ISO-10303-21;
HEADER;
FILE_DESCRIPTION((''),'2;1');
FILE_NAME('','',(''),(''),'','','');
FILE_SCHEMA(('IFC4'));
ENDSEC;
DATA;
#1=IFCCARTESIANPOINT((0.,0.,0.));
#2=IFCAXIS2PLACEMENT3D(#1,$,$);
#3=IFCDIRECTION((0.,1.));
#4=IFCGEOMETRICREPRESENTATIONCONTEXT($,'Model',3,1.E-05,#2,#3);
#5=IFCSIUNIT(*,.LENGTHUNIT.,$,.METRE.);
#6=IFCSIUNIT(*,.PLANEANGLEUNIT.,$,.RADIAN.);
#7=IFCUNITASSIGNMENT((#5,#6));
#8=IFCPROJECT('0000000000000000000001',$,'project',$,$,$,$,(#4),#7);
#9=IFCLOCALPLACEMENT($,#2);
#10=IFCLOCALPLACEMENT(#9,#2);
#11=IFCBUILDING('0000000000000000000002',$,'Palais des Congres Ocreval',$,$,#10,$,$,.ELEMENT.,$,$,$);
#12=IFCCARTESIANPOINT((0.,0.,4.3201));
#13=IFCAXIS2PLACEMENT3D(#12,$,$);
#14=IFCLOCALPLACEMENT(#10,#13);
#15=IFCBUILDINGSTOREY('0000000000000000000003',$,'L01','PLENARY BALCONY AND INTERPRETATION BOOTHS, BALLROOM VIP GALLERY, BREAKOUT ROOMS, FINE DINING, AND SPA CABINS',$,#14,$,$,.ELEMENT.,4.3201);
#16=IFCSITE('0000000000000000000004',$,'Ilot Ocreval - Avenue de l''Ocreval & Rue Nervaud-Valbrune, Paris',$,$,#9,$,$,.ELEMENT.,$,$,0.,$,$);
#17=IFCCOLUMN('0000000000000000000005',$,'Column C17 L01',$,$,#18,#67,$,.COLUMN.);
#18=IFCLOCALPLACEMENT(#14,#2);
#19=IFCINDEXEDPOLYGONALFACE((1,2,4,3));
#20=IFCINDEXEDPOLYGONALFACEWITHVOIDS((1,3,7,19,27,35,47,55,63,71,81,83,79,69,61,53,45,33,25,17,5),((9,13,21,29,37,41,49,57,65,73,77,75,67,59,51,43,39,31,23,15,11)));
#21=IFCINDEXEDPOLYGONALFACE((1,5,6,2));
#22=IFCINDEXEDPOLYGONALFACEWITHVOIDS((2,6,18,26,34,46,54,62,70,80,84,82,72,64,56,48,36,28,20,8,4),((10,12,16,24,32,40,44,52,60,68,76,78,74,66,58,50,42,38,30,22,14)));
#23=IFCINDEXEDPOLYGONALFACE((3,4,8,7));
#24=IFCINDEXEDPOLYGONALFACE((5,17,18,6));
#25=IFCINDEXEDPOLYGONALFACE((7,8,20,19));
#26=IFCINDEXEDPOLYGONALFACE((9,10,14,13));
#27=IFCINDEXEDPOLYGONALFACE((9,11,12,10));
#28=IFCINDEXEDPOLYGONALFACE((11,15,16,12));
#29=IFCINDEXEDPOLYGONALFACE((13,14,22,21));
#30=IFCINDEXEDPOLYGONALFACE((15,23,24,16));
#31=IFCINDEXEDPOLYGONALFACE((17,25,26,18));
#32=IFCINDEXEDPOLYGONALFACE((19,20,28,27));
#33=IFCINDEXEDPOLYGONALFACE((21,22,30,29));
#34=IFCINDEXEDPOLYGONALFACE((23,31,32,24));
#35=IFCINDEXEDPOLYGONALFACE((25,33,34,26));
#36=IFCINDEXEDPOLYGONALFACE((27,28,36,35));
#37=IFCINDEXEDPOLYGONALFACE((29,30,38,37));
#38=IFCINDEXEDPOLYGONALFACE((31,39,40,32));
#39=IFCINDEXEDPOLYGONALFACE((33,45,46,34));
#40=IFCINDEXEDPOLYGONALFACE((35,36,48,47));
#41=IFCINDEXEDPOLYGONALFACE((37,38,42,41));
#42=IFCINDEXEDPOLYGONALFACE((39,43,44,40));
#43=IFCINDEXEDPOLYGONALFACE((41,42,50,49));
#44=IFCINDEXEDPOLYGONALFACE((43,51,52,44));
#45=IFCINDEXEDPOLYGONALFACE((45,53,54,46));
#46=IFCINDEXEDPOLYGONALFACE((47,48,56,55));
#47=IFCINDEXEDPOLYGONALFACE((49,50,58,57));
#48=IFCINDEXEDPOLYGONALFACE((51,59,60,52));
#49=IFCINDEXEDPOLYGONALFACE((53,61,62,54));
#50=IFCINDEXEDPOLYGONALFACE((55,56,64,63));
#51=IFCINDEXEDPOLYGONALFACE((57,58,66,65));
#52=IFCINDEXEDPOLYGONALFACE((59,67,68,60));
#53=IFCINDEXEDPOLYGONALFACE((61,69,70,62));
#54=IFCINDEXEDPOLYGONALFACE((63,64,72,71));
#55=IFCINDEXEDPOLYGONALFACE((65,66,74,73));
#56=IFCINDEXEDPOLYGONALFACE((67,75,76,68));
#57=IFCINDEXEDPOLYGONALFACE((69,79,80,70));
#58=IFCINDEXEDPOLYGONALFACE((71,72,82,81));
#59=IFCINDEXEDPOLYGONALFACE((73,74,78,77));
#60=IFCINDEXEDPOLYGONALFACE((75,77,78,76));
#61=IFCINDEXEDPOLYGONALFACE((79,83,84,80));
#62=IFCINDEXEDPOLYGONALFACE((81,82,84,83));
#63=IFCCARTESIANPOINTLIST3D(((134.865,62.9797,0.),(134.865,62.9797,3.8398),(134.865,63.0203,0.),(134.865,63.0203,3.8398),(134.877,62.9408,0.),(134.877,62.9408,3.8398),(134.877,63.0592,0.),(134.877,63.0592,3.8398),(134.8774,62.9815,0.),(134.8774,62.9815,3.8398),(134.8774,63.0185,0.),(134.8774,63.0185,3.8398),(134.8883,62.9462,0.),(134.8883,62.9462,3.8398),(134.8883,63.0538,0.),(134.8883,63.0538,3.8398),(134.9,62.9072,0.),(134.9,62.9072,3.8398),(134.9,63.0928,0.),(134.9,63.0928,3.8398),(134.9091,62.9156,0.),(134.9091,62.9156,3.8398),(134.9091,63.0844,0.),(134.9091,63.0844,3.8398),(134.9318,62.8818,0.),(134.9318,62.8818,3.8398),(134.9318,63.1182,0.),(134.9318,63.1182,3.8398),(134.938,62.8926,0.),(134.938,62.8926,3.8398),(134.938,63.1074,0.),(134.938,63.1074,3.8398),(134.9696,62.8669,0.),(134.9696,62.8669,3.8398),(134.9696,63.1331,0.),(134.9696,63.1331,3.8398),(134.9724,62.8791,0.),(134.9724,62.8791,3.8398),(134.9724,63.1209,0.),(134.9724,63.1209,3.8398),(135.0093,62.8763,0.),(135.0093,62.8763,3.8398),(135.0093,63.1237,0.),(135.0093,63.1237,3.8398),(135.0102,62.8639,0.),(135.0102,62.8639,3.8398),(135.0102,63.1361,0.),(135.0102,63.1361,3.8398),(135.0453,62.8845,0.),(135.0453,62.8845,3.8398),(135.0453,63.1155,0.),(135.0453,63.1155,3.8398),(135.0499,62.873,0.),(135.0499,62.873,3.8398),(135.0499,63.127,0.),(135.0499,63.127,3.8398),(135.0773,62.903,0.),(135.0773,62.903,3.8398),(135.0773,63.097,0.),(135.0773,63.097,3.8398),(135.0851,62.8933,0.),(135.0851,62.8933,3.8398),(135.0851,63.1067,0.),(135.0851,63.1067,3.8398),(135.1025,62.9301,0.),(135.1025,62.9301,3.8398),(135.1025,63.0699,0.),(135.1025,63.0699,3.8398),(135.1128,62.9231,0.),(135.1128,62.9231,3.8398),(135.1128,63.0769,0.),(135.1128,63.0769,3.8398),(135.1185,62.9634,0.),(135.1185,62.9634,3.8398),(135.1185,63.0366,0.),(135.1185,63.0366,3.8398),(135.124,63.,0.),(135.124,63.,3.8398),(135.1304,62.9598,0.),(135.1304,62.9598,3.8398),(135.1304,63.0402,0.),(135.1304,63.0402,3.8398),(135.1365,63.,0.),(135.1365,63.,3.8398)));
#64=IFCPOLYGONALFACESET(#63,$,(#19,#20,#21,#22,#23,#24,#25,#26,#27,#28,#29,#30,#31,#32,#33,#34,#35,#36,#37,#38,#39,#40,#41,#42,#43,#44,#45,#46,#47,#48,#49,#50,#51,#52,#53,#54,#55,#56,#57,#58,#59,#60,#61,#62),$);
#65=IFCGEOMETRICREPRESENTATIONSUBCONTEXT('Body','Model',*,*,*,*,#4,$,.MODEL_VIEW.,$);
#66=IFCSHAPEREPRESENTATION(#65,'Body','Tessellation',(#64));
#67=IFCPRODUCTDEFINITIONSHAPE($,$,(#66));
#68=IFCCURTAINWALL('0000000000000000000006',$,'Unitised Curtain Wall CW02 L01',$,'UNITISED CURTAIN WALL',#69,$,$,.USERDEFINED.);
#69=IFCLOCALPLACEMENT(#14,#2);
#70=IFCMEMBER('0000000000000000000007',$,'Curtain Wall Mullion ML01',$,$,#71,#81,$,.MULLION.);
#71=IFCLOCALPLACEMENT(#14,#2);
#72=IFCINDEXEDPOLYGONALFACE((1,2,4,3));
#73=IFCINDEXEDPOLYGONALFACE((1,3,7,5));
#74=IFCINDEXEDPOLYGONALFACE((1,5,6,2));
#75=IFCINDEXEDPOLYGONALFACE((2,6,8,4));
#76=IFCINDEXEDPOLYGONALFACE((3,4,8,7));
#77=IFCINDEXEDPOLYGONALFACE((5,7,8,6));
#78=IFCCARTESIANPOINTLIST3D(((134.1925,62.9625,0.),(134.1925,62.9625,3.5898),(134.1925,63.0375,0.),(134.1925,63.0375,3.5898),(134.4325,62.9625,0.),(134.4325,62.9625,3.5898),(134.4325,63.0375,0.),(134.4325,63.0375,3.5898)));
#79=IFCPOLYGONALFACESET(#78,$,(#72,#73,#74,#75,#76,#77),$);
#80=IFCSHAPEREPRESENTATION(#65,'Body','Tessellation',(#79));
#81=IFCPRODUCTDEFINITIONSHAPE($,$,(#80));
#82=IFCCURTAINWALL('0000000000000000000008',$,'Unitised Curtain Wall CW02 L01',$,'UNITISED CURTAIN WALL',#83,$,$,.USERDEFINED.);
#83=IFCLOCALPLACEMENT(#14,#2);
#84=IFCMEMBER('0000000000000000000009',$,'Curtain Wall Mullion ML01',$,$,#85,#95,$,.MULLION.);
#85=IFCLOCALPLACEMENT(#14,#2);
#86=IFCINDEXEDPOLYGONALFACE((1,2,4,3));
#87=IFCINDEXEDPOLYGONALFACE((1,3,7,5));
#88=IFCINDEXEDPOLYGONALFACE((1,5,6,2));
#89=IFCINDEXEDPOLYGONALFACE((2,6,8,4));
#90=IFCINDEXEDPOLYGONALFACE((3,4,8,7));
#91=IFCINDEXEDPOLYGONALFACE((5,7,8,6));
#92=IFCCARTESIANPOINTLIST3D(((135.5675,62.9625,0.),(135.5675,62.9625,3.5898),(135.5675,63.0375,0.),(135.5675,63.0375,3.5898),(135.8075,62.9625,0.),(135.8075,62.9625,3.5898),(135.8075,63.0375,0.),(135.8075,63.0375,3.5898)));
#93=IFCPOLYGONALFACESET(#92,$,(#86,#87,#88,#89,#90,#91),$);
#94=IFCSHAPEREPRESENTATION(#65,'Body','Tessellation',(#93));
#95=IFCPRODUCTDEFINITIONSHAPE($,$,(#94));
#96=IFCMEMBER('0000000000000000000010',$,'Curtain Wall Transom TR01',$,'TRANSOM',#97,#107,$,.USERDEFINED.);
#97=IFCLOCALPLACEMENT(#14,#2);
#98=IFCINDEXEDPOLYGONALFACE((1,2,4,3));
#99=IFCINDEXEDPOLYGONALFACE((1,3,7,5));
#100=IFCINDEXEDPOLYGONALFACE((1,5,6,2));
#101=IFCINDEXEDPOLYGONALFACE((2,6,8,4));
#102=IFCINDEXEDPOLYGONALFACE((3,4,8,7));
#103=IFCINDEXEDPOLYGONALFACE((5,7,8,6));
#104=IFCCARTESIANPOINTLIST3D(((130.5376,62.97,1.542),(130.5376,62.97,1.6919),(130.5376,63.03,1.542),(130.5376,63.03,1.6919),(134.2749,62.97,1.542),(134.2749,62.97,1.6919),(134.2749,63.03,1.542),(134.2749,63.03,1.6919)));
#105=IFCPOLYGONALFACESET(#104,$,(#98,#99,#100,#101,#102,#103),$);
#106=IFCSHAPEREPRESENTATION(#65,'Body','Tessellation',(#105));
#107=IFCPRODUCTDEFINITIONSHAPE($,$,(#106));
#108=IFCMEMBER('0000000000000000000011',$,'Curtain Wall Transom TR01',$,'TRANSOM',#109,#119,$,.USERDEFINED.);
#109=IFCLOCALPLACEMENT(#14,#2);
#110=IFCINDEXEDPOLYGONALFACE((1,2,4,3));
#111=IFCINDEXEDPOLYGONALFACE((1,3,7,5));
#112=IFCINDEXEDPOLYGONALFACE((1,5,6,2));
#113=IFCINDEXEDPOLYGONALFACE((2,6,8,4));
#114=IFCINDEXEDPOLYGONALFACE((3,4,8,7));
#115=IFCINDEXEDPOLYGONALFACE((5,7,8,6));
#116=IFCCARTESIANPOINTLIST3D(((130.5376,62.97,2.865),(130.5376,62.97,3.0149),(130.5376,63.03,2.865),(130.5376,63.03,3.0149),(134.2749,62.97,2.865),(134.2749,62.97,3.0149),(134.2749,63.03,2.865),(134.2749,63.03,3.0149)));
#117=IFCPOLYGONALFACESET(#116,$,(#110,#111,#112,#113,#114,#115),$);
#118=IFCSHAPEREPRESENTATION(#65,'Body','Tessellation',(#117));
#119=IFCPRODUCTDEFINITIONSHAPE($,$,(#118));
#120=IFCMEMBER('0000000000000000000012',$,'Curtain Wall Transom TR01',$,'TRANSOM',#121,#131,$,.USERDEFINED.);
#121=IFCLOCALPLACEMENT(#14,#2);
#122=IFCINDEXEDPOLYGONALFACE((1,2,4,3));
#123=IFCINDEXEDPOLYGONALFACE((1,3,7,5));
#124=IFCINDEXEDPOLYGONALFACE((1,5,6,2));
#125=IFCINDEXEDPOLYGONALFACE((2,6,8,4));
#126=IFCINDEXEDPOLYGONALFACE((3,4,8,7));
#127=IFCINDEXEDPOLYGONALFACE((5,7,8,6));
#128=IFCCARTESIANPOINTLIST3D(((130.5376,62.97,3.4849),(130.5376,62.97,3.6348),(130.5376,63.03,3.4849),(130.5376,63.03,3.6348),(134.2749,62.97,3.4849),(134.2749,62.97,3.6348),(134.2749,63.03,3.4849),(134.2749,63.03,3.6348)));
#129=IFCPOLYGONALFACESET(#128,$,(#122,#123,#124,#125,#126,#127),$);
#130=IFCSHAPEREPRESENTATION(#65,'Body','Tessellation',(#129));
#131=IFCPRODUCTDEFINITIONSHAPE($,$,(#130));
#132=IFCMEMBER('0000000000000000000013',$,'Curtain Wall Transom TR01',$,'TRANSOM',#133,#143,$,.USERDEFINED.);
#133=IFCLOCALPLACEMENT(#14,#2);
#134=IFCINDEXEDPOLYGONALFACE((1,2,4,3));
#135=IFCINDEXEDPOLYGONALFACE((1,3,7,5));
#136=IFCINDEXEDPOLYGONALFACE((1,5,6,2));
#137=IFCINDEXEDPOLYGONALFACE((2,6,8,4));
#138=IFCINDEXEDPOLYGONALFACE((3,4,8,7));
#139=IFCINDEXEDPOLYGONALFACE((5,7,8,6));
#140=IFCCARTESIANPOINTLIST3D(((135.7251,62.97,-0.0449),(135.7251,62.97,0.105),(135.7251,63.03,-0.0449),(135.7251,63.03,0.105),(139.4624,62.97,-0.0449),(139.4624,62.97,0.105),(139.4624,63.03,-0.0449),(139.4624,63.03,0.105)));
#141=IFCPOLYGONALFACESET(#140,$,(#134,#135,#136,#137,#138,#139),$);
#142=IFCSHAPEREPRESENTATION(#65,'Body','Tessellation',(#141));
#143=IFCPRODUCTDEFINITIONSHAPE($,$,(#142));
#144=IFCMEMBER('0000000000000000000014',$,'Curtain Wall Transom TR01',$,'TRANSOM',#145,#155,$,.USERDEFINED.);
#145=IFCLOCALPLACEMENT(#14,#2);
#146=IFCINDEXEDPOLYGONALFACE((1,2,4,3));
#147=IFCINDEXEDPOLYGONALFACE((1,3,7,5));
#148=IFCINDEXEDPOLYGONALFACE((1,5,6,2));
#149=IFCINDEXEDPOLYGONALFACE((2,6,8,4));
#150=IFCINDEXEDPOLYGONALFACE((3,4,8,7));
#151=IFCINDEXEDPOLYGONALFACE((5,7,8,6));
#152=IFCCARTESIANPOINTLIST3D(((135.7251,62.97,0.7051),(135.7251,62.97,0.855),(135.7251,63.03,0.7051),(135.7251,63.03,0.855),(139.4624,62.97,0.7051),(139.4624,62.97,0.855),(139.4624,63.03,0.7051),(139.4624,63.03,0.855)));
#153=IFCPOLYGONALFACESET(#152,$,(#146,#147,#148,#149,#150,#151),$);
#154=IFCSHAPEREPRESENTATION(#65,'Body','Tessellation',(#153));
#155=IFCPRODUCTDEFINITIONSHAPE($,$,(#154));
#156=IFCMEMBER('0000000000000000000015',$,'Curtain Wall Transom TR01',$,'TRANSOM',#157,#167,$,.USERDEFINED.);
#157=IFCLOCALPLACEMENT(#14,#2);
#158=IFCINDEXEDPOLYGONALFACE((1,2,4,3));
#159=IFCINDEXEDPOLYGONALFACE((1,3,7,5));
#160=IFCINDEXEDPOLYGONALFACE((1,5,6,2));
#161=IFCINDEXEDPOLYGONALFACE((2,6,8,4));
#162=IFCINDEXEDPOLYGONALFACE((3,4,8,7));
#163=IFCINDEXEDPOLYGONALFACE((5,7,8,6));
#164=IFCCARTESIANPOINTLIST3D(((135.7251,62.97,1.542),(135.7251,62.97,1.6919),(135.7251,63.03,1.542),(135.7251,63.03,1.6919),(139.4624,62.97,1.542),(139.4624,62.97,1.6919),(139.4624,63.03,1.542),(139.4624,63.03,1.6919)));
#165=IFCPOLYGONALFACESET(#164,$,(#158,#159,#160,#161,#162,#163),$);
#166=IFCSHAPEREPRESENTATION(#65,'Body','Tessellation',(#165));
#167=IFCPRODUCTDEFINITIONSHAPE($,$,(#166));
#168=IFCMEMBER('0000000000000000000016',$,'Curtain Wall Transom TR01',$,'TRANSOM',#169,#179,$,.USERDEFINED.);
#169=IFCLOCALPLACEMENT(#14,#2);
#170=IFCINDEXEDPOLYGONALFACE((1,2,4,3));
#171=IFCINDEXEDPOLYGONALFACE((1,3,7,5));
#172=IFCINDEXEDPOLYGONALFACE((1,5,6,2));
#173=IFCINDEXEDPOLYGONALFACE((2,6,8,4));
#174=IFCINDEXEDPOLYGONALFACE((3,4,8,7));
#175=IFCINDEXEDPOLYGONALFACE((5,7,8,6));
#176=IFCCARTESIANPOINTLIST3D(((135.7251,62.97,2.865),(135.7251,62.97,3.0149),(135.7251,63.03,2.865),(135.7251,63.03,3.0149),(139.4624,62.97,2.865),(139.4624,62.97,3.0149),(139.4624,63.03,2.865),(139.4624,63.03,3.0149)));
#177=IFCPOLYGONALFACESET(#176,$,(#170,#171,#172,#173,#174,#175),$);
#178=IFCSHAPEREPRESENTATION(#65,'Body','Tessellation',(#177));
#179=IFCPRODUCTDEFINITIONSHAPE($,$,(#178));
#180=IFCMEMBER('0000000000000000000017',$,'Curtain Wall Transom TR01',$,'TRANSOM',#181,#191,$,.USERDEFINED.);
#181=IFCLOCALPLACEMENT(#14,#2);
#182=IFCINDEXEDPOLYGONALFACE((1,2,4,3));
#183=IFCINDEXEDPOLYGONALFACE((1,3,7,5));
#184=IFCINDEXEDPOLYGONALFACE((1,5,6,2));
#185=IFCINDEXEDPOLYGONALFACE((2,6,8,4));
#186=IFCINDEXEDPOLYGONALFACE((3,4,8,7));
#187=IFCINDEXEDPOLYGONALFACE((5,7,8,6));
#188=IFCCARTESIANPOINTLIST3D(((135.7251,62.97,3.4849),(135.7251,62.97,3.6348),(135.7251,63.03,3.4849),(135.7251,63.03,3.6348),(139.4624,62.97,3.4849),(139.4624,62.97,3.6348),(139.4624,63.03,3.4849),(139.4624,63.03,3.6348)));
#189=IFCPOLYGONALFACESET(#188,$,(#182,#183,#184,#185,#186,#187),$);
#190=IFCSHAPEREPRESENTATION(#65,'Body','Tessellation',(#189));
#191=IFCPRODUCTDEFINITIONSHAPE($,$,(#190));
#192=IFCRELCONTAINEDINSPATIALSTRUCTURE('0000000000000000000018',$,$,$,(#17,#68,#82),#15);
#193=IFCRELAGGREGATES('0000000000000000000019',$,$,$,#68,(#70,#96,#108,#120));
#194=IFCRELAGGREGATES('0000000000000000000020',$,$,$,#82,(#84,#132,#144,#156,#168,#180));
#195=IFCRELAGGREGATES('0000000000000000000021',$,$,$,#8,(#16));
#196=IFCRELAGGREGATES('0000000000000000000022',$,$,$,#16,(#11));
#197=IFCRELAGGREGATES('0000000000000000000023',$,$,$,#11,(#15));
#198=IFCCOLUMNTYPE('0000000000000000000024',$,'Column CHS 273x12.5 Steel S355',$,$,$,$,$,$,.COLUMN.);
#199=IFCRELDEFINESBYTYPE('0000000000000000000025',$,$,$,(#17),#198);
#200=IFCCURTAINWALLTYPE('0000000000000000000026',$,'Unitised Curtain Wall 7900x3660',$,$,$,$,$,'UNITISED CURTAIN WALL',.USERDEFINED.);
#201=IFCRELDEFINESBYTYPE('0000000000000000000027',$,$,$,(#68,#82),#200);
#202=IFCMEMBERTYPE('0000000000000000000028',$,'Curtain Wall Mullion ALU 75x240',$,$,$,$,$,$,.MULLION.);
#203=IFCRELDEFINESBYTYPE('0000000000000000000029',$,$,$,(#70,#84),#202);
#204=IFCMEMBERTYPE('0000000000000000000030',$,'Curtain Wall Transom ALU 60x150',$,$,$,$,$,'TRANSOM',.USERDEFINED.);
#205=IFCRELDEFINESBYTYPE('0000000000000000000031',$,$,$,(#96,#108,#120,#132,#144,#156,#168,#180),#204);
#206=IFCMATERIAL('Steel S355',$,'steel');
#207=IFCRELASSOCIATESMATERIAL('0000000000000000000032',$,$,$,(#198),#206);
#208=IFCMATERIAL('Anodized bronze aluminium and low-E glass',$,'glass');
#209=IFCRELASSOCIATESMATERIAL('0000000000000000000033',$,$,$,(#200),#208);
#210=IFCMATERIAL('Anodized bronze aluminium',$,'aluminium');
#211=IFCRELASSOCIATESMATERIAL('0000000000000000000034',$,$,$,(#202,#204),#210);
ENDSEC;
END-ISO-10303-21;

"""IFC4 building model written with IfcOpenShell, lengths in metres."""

from ifc_helpers import new_model, si_unit, direction, frame, origin, origin_2d, place, context, subcontext, project, spatial, rectangle, hollow_circle, extrude, material, material_profile, profile_set, type_object, element, aggregate, save


model = new_model("IFC4")

# Units and contexts
model_context = context("Model", 3, precision=1e-05, world=origin(), true_north=direction((0.0, 1.0)))
body_context = subcontext(model_context, "Body", "Model", "MODEL_VIEW")
ifc_project = project(units=[si_unit("LENGTHUNIT", "METRE"), si_unit("PLANEANGLEUNIT", "RADIAN")], contexts=[model_context])

# Site, building, storey
site_placement = place(None, origin())
site = spatial("IfcSite", under=ifc_project, at=site_placement, Name="Ilot Ocreval - Avenue de l'Ocreval & Rue Nervaud-Valbrune, Paris", CompositionType="ELEMENT", RefElevation=0.0)
building_placement = place(site_placement, origin())
building = spatial("IfcBuilding", under=site, at=building_placement, Name="Palais des Congres Ocreval", CompositionType="ELEMENT")
storey_placement = place(building_placement, frame((0.0, 0.0, 4.3201)))
storey = spatial("IfcBuildingStorey", under=building, at=storey_placement, Name="L01", Description="PLENARY BALCONY AND INTERPRETATION BOOTHS, BALLROOM VIP GALLERY, BREAKOUT ROOMS, FINE DINING, AND SPA CABINS", CompositionType="ELEMENT", Elevation=4.3201)

# Column
ifc_material_1 = material(Name="Steel S355", Category="steel")
ifc_material_profile_1 = material_profile(ifc_material_1, hollow_circle(Radius=0.1365, WallThickness=0.0125, at=origin_2d()), Name="CHS 273x12.5")
ifc_profile_set_1 = profile_set([ifc_material_profile_1], Name="Steel S355")
column_type = type_object("IfcColumnType", Name="Column CHS 273x12.5 Steel S355", PredefinedType="COLUMN", material=ifc_profile_set_1)
column_placement = place(storey_placement, frame((135.0, 63.0, 0.0), z_axis=(0.0, 0.0, 1.0), x_axis=(1.0, 0.0, 0.0)))
element("IfcColumn", 1, at=column_placement, inside=storey, type_object=column_type, Name="Column C17 L01", PredefinedType="COLUMN", context=body_context, shape_type="SweptSolid", body=[
    extrude(hollow_circle(Radius=0.1365, WallThickness=0.0125, at=origin_2d()), origin(), (0.0, 0.0, 1.0), 3.8398),
])

# Curtain walls, members
ifc_material_2 = material(Name="Anodized bronze aluminium and low-E glass", Category="glass")
curtain_wall_type = type_object("IfcCurtainWallType", Name="Unitised Curtain Wall 7900x3660", ElementType="UNITISED CURTAIN WALL", PredefinedType="USERDEFINED", material=ifc_material_2)
curtain_wall_1_placement = place(storey_placement, origin())
curtain_wall_1 = element("IfcCurtainWall", 2, at=curtain_wall_1_placement, inside=storey, type_object=curtain_wall_type, Name="Unitised Curtain Wall CW02 L01", ObjectType="UNITISED CURTAIN WALL", PredefinedType="USERDEFINED")
ifc_material_3 = material(Name="Anodized bronze aluminium", Category="aluminium")
ifc_material_profile_2 = material_profile(ifc_material_3, rectangle(XDim=0.075, YDim=0.24, at=origin_2d()), Name="ALU 75x240")
ifc_profile_set_2 = profile_set([ifc_material_profile_2], Name="Anodized bronze aluminium")
member_type_1 = type_object("IfcMemberType", Name="Curtain Wall Mullion ALU 75x240", PredefinedType="MULLION", material=ifc_profile_set_2)
member_1_placement = place(storey_placement, frame((134.3125, 63.0, 0.0), z_axis=(0.0, 0.0, 1.0), x_axis=(0.0, 1.0, 0.0)))
member_1 = element("IfcMember", 3, at=member_1_placement, type_object=member_type_1, Name="Curtain Wall Mullion ML01", PredefinedType="MULLION", context=body_context, shape_type="SweptSolid", body=[
    extrude(rectangle(XDim=0.075, YDim=0.24, at=origin_2d()), origin(), (0.0, 0.0, 1.0), 3.5898),
])
curtain_wall_2_placement = place(storey_placement, origin())
curtain_wall_2 = element("IfcCurtainWall", 4, at=curtain_wall_2_placement, inside=storey, type_object=curtain_wall_type, Name="Unitised Curtain Wall CW02 L01", ObjectType="UNITISED CURTAIN WALL", PredefinedType="USERDEFINED")
member_2_placement = place(storey_placement, frame((135.6875, 63.0, 0.0), z_axis=(0.0, 0.0, 1.0), x_axis=(0.0, 1.0, 0.0)))
member_2 = element("IfcMember", 5, at=member_2_placement, type_object=member_type_1, Name="Curtain Wall Mullion ML01", PredefinedType="MULLION", context=body_context, shape_type="SweptSolid", body=[
    extrude(rectangle(XDim=0.075, YDim=0.24, at=origin_2d()), origin(), (0.0, 0.0, 1.0), 3.5898),
])

# Members
ifc_material_profile_3 = material_profile(ifc_material_3, rectangle(XDim=0.0601, YDim=0.1499, at=origin_2d()), Name="ALU 60x150")
ifc_profile_set_3 = profile_set([ifc_material_profile_3], Name="Anodized bronze aluminium")
member_type_2 = type_object("IfcMemberType", Name="Curtain Wall Transom ALU 60x150", ElementType="TRANSOM", PredefinedType="USERDEFINED", material=ifc_profile_set_3)
member_3_placement = place(storey_placement, frame((130.5376, 63.0, 1.6169), z_axis=(1.0, 0.0, 0.0), x_axis=(0.0, 1.0, 0.0)))
member_3 = element("IfcMember", 6, at=member_3_placement, type_object=member_type_2, Name="Curtain Wall Transom TR01", ObjectType="TRANSOM", PredefinedType="USERDEFINED", context=body_context, shape_type="SweptSolid", body=[
    extrude(rectangle(XDim=0.0601, YDim=0.1499, at=origin_2d()), origin(), (0.0, 0.0, 1.0), 3.7373),
])
member_4_placement = place(storey_placement, frame((130.5376, 63.0, 2.9399), z_axis=(1.0, 0.0, 0.0), x_axis=(0.0, 1.0, 0.0)))
member_4 = element("IfcMember", 7, at=member_4_placement, type_object=member_type_2, Name="Curtain Wall Transom TR01", ObjectType="TRANSOM", PredefinedType="USERDEFINED", context=body_context, shape_type="SweptSolid", body=[
    extrude(rectangle(XDim=0.0601, YDim=0.1499, at=origin_2d()), origin(), (0.0, 0.0, 1.0), 3.7373),
])
member_5_placement = place(storey_placement, frame((130.5376, 63.0, 3.5598), z_axis=(1.0, 0.0, 0.0), x_axis=(0.0, 1.0, 0.0)))
member_5 = element("IfcMember", 8, at=member_5_placement, type_object=member_type_2, Name="Curtain Wall Transom TR01", ObjectType="TRANSOM", PredefinedType="USERDEFINED", context=body_context, shape_type="SweptSolid", body=[
    extrude(rectangle(XDim=0.0601, YDim=0.1499, at=origin_2d()), origin(), (0.0, 0.0, 1.0), 3.7373),
])
member_6_placement = place(storey_placement, frame((135.7251, 63.0, 0.03), z_axis=(1.0, 0.0, 0.0), x_axis=(0.0, 1.0, 0.0)))
member_6 = element("IfcMember", 9, at=member_6_placement, type_object=member_type_2, Name="Curtain Wall Transom TR01", ObjectType="TRANSOM", PredefinedType="USERDEFINED", context=body_context, shape_type="SweptSolid", body=[
    extrude(rectangle(XDim=0.0601, YDim=0.1499, at=origin_2d()), origin(), (0.0, 0.0, 1.0), 3.7373),
])
member_7_placement = place(storey_placement, frame((135.7251, 63.0, 0.78), z_axis=(1.0, 0.0, 0.0), x_axis=(0.0, 1.0, 0.0)))
member_7 = element("IfcMember", 10, at=member_7_placement, type_object=member_type_2, Name="Curtain Wall Transom TR01", ObjectType="TRANSOM", PredefinedType="USERDEFINED", context=body_context, shape_type="SweptSolid", body=[
    extrude(rectangle(XDim=0.0601, YDim=0.1499, at=origin_2d()), origin(), (0.0, 0.0, 1.0), 3.7373),
])
member_8_placement = place(storey_placement, frame((135.7251, 63.0, 1.6169), z_axis=(1.0, 0.0, 0.0), x_axis=(0.0, 1.0, 0.0)))
member_8 = element("IfcMember", 11, at=member_8_placement, type_object=member_type_2, Name="Curtain Wall Transom TR01", ObjectType="TRANSOM", PredefinedType="USERDEFINED", context=body_context, shape_type="SweptSolid", body=[
    extrude(rectangle(XDim=0.0601, YDim=0.1499, at=origin_2d()), origin(), (0.0, 0.0, 1.0), 3.7373),
])
member_9_placement = place(storey_placement, frame((135.7251, 63.0, 2.9399), z_axis=(1.0, 0.0, 0.0), x_axis=(0.0, 1.0, 0.0)))
member_9 = element("IfcMember", 12, at=member_9_placement, type_object=member_type_2, Name="Curtain Wall Transom TR01", ObjectType="TRANSOM", PredefinedType="USERDEFINED", context=body_context, shape_type="SweptSolid", body=[
    extrude(rectangle(XDim=0.0601, YDim=0.1499, at=origin_2d()), origin(), (0.0, 0.0, 1.0), 3.7373),
])
member_10_placement = place(storey_placement, frame((135.7251, 63.0, 3.5598), z_axis=(1.0, 0.0, 0.0), x_axis=(0.0, 1.0, 0.0)))
member_10 = element("IfcMember", 13, at=member_10_placement, type_object=member_type_2, Name="Curtain Wall Transom TR01", ObjectType="TRANSOM", PredefinedType="USERDEFINED", context=body_context, shape_type="SweptSolid", body=[
    extrude(rectangle(XDim=0.0601, YDim=0.1499, at=origin_2d()), origin(), (0.0, 0.0, 1.0), 3.7373),
])

aggregate(curtain_wall_1, [member_1, member_3, member_4, member_5])
aggregate(curtain_wall_2, [member_2, member_6, member_7, member_8, member_9, member_10])

save(model, "model.ifc")
